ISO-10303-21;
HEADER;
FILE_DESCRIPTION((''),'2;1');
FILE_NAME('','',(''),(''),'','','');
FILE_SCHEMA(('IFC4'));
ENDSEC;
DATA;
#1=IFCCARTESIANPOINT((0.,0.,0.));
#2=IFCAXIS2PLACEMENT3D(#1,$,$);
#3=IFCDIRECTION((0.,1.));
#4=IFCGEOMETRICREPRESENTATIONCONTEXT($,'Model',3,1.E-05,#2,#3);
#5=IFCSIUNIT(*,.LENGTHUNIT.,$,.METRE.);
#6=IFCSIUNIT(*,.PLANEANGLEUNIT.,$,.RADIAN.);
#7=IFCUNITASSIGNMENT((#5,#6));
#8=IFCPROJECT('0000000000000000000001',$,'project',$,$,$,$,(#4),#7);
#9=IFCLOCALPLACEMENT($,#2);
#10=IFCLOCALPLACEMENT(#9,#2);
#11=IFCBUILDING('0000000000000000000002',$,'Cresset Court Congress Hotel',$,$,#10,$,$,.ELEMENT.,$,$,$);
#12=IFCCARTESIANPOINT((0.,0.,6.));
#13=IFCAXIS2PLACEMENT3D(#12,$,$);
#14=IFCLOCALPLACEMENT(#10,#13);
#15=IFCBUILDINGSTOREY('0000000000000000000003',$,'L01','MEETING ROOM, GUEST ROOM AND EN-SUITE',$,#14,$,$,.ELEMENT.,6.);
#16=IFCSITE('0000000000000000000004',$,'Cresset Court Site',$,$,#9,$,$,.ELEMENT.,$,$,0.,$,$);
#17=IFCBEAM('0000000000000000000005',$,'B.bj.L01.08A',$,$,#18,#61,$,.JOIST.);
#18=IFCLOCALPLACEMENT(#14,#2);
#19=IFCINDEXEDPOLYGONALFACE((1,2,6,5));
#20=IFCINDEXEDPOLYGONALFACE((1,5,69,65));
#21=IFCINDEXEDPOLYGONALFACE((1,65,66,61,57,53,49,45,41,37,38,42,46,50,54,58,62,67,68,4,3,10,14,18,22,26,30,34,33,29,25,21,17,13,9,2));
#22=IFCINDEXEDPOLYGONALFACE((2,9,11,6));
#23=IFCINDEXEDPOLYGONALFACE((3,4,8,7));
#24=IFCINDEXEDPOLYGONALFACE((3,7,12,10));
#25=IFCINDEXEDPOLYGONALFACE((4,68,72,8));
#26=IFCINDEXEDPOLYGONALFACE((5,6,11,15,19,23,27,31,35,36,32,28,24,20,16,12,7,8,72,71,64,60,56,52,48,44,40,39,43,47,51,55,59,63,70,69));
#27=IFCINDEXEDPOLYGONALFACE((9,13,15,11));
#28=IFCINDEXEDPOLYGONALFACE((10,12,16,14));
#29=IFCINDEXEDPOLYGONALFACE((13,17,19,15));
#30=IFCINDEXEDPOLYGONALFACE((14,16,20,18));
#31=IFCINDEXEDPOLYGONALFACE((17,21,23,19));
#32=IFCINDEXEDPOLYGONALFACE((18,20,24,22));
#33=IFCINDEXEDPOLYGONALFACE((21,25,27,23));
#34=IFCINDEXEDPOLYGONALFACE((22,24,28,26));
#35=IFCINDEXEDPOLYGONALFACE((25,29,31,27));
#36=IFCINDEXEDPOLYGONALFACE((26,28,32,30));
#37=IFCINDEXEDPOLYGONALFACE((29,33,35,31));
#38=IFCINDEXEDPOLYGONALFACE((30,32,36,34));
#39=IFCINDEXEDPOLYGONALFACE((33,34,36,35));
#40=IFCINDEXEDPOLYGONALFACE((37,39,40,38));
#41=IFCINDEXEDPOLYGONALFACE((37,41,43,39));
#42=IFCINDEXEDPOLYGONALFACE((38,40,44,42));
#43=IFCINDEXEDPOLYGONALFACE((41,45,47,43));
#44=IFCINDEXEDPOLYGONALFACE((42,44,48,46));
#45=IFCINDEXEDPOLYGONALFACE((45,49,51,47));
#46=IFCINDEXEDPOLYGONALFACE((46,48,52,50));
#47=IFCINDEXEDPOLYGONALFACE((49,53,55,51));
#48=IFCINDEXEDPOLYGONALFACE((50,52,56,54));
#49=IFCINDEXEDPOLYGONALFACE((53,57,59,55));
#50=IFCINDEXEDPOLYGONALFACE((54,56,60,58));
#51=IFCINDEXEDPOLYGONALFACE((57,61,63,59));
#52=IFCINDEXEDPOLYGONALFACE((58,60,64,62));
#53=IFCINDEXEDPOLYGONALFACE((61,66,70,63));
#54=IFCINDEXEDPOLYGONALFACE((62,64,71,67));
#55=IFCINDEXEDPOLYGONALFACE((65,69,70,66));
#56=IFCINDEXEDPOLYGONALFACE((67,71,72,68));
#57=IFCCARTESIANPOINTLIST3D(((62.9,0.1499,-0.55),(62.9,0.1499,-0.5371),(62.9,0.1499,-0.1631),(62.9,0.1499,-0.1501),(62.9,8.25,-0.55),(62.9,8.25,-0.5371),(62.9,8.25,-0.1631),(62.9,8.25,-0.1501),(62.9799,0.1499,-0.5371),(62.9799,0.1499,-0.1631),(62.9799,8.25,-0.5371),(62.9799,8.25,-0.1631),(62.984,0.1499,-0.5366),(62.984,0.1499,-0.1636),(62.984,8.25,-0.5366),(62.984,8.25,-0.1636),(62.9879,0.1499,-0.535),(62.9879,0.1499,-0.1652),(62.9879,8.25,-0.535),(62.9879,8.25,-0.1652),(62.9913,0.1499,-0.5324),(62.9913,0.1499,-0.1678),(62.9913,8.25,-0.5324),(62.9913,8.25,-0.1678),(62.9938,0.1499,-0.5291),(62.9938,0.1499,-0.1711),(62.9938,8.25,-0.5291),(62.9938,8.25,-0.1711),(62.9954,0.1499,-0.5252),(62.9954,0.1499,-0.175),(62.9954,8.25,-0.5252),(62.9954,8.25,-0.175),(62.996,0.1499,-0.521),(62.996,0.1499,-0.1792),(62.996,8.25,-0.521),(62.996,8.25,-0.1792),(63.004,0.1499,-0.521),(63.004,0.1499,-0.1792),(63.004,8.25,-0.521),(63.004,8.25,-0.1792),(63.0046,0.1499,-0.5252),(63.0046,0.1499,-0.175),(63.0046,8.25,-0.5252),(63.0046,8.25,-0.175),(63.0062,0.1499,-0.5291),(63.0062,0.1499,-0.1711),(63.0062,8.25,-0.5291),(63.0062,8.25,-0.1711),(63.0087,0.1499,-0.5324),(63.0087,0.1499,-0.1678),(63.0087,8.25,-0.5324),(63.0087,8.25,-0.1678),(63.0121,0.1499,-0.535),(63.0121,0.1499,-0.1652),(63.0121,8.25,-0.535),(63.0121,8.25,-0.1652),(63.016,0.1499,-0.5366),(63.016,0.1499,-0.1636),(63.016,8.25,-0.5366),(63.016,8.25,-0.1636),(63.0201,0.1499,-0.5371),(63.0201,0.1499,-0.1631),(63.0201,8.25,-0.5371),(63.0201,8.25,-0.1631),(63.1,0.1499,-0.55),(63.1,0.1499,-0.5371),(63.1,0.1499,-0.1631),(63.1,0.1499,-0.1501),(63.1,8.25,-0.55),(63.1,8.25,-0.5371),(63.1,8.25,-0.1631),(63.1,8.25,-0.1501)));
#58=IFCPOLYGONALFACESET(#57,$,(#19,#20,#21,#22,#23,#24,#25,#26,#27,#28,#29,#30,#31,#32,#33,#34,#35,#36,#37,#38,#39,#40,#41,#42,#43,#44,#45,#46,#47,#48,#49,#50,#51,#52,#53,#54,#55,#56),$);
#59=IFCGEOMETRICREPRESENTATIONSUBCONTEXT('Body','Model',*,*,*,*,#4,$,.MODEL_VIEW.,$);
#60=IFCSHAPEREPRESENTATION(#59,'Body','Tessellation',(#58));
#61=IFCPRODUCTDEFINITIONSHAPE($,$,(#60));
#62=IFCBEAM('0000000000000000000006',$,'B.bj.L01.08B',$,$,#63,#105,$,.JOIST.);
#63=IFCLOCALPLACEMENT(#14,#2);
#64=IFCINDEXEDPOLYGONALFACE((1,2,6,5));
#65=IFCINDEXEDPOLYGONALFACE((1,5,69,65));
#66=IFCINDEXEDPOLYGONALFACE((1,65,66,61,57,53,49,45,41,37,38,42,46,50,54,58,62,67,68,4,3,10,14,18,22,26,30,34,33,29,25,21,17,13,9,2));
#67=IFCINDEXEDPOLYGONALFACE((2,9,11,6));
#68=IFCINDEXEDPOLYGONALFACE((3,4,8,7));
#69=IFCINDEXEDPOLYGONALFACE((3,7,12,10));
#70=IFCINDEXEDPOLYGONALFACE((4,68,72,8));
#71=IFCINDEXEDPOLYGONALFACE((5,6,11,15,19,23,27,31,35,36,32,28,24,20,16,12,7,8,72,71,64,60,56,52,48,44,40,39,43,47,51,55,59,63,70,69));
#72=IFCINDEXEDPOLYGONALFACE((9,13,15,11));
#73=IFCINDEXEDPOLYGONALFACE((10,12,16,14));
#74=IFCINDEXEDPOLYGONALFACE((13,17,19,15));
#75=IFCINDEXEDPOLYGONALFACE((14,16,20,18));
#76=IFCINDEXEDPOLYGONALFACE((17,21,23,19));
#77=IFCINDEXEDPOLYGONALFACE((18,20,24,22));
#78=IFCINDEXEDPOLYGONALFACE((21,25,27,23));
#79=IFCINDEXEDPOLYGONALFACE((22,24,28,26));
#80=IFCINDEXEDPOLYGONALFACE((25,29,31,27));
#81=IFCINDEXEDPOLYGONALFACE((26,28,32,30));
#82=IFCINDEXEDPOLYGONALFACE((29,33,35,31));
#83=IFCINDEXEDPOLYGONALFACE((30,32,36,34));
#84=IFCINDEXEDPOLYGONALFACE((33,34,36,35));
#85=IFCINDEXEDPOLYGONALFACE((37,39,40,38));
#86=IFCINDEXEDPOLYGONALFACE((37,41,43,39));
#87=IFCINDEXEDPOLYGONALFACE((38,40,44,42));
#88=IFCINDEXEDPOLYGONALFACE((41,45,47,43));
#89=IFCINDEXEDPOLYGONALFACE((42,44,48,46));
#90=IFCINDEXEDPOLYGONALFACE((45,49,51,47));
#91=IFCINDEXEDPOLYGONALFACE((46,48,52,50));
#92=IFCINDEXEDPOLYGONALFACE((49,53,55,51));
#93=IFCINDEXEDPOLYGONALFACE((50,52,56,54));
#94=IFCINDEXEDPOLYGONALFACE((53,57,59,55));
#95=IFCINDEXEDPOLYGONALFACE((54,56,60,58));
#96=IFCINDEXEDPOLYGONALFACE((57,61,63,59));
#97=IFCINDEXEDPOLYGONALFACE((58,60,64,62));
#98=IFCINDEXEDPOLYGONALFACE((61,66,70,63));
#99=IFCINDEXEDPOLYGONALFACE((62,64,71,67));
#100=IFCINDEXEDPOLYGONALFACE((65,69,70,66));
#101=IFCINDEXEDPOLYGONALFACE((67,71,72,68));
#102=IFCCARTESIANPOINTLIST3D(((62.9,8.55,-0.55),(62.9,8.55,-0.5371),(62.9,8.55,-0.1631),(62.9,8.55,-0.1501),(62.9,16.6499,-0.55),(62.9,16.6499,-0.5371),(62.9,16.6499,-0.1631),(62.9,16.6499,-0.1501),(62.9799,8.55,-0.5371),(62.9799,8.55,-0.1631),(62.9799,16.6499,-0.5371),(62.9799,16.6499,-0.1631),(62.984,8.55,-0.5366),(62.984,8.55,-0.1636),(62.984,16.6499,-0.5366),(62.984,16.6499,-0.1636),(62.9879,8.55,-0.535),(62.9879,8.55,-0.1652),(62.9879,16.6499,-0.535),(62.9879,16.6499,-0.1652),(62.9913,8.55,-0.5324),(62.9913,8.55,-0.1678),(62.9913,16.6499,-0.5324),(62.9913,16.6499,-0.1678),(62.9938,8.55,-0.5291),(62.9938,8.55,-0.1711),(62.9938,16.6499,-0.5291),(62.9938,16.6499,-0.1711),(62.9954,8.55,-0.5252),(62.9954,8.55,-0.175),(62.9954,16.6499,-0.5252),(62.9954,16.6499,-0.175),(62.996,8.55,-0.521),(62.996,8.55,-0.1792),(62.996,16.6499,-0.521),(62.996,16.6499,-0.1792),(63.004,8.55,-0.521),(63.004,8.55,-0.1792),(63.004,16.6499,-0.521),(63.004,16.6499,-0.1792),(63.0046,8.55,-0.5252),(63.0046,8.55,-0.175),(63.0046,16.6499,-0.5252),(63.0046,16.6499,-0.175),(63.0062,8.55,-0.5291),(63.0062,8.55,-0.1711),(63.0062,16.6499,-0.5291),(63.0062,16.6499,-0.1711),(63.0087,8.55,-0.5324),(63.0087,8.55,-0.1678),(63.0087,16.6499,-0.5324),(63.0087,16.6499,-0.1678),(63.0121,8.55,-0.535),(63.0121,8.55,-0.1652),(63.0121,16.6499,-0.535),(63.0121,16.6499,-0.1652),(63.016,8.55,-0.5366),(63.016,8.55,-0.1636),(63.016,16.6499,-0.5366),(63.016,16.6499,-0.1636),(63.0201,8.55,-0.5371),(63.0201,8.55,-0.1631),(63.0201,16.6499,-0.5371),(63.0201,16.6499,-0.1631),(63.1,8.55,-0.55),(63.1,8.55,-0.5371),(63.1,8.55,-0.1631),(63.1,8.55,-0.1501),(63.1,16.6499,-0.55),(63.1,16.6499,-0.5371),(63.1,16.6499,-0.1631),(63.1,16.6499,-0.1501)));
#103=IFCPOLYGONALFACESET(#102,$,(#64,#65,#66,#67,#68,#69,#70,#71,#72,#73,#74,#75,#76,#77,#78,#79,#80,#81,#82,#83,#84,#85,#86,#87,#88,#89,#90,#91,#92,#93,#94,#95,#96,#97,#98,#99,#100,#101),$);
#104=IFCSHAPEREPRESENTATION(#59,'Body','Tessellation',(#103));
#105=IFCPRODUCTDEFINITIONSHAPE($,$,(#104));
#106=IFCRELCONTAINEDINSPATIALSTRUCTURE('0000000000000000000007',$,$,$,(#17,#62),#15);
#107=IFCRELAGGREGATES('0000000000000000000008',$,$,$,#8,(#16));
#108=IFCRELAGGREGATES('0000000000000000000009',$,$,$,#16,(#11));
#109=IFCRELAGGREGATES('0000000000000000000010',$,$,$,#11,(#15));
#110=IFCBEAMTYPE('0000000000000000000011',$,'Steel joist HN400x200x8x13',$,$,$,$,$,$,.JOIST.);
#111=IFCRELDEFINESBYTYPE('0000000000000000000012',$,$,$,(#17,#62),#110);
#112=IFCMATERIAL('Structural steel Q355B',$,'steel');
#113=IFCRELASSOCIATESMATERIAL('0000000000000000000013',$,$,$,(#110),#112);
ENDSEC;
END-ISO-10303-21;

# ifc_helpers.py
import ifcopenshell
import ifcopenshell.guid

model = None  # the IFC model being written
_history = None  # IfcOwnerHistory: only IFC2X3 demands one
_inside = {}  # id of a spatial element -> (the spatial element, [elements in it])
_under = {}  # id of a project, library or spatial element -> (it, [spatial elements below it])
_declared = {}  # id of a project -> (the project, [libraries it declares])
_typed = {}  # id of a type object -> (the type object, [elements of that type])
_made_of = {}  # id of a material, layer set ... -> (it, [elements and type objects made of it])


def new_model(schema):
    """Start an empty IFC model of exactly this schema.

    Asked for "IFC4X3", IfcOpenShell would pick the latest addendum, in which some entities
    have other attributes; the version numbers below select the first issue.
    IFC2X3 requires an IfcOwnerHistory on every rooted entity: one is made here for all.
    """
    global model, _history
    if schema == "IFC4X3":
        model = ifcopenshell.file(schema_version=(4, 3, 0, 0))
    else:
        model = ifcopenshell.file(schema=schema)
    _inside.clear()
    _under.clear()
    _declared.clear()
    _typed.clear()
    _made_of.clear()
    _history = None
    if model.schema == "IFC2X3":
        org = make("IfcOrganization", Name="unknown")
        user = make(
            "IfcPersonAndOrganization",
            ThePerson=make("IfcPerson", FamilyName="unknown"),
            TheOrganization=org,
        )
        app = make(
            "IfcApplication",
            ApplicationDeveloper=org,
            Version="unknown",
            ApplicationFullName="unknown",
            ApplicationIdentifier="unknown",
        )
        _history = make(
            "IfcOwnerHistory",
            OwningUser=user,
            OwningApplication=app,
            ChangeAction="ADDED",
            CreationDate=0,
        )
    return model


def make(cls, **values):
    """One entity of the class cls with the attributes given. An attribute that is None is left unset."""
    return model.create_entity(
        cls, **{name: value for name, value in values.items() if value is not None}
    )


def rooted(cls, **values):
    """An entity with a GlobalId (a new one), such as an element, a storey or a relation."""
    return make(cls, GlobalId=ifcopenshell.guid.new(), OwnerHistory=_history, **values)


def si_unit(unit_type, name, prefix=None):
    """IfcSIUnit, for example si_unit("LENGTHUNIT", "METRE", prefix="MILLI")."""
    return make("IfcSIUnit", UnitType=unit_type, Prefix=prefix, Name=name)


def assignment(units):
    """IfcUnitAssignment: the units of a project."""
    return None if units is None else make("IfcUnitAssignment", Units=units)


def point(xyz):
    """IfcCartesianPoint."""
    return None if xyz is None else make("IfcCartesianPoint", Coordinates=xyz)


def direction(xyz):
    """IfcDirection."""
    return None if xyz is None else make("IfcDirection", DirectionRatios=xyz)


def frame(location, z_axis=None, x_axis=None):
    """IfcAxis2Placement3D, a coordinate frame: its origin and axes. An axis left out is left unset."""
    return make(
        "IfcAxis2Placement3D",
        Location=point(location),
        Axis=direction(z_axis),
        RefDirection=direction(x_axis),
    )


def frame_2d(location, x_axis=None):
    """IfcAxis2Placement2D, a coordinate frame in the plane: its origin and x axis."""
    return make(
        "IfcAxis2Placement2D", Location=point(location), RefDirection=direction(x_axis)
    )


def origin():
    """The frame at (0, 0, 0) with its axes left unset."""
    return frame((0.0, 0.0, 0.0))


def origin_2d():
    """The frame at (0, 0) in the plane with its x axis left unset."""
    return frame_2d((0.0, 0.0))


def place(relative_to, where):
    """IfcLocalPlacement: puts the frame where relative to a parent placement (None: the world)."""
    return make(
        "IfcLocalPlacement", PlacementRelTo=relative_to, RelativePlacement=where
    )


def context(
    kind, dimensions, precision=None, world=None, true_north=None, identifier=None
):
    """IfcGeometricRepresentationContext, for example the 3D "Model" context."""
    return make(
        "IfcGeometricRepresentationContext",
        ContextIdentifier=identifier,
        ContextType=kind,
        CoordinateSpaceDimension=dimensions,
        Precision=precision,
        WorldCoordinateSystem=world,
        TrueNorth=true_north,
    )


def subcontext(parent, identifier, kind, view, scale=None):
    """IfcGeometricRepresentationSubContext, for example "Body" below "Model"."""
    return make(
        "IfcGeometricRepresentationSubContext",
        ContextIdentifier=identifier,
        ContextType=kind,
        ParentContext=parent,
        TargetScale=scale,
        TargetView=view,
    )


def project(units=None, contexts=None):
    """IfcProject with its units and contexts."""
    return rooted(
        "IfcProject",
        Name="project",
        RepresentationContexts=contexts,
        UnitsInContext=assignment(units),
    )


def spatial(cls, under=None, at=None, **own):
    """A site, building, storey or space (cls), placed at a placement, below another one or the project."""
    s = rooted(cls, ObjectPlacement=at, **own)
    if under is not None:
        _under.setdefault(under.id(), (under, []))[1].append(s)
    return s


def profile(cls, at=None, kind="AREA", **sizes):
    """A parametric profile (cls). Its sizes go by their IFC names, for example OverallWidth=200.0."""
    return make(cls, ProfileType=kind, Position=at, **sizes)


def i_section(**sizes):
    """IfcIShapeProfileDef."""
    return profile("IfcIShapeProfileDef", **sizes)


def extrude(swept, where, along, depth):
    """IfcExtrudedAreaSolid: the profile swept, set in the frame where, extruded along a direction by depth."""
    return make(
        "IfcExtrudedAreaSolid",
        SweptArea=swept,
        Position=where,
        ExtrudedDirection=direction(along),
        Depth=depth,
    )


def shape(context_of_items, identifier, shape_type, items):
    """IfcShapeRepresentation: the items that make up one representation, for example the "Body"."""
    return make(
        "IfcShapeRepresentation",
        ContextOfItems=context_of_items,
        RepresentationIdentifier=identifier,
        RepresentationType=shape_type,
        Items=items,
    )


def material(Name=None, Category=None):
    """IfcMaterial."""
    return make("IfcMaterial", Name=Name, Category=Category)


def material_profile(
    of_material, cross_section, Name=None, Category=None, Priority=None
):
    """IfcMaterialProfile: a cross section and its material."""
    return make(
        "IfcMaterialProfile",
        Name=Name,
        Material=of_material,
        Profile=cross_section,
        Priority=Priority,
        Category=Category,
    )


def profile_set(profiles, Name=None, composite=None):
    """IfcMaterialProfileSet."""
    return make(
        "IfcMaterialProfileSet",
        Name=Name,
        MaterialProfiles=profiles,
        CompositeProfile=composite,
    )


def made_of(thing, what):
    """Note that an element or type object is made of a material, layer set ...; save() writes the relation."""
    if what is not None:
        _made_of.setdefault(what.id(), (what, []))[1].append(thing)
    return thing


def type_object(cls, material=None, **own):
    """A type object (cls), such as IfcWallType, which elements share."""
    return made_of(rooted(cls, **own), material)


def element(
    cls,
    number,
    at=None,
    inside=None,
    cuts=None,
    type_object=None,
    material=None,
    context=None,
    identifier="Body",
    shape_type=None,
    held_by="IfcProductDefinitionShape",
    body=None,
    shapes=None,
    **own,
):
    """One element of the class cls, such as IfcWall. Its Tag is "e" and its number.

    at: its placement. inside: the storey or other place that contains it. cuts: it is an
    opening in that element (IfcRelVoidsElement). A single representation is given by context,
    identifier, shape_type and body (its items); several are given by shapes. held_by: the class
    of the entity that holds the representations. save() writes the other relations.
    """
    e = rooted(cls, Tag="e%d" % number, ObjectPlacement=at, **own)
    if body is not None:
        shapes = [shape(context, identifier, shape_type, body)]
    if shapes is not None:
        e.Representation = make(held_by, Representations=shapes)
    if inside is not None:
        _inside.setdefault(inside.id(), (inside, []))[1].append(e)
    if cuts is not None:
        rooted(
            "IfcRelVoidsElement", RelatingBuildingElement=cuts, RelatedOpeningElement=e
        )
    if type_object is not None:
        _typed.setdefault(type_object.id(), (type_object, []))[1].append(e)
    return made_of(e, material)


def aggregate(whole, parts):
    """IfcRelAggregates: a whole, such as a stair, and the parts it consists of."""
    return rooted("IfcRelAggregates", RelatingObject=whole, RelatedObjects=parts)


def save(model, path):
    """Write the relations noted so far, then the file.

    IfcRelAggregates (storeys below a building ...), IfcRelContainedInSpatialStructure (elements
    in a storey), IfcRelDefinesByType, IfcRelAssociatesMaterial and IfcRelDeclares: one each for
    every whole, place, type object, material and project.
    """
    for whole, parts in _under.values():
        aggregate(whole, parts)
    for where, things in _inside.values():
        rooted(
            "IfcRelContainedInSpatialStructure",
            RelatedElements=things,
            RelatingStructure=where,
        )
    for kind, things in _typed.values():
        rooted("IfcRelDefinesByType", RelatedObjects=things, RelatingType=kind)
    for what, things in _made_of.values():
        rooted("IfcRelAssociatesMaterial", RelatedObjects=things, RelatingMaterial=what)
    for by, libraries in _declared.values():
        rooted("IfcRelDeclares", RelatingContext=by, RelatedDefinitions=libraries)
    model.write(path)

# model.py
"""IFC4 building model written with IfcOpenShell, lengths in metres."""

from ifc_helpers import new_model, si_unit, direction, frame, origin, origin_2d, place, context, subcontext, project, spatial, i_section, extrude, material, material_profile, profile_set, type_object, element, save


model = new_model("IFC4")

# Units and contexts
model_context = context("Model", 3, precision=1e-05, world=origin(), true_north=direction((0.0, 1.0)))
body_context = subcontext(model_context, "Body", "Model", "MODEL_VIEW")
ifc_project = project(units=[si_unit("LENGTHUNIT", "METRE"), si_unit("PLANEANGLEUNIT", "RADIAN")], contexts=[model_context])

# Site, building, storey
site_placement = place(None, origin())
site = spatial("IfcSite", under=ifc_project, at=site_placement, Name="Cresset Court Site", CompositionType="ELEMENT", RefElevation=0.0)
building_placement = place(site_placement, origin())
building = spatial("IfcBuilding", under=site, at=building_placement, Name="Cresset Court Congress Hotel", CompositionType="ELEMENT")
storey_placement = place(building_placement, frame((0.0, 0.0, 6.0)))
storey = spatial("IfcBuildingStorey", under=building, at=storey_placement, Name="L01", Description="MEETING ROOM, GUEST ROOM AND EN-SUITE", CompositionType="ELEMENT", Elevation=6.0)

# Beams
ifc_material_1 = material(Name="Structural steel Q355B", Category="steel")
ifc_material_profile_1 = material_profile(ifc_material_1, i_section(OverallWidth=0.2, OverallDepth=0.3999, WebThickness=0.0081, FlangeThickness=0.0129, FilletRadius=0.0161, at=origin_2d()), Name="HN400x200x8x13")
ifc_profile_set_1 = profile_set([ifc_material_profile_1], Name="Structural steel Q355B")
beam_type_1 = type_object("IfcBeamType", Name="Steel joist HN400x200x8x13", PredefinedType="JOIST", material=ifc_profile_set_1)
beam_1_placement = place(storey_placement, frame((63.0, 0.1499, -0.3501), z_axis=(0.0, 1.0, 0.0), x_axis=(-1.0, 0.0, 0.0)))
element("IfcBeam", 1, at=beam_1_placement, inside=storey, type_object=beam_type_1, Name="B.bj.L01.08A", PredefinedType="JOIST", context=body_context, shape_type="SweptSolid", body=[
    extrude(i_section(OverallWidth=0.2, OverallDepth=0.3999, WebThickness=0.0081, FlangeThickness=0.0129, FilletRadius=0.0161, at=origin_2d()), origin(), (0.0, 0.0, 1.0), 8.1001),
])
beam_2_placement = place(storey_placement, frame((63.0, 8.55, -0.3501), z_axis=(0.0, 1.0, 0.0), x_axis=(-1.0, 0.0, 0.0)))
element("IfcBeam", 2, at=beam_2_placement, inside=storey, type_object=beam_type_1, Name="B.bj.L01.08B", PredefinedType="JOIST", context=body_context, shape_type="SweptSolid", body=[
    extrude(i_section(OverallWidth=0.2, OverallDepth=0.3999, WebThickness=0.0081, FlangeThickness=0.0129, FilletRadius=0.0161, at=origin_2d()), origin(), (0.0, 0.0, 1.0), 8.0999),
])

save(model, "model.ifc")
